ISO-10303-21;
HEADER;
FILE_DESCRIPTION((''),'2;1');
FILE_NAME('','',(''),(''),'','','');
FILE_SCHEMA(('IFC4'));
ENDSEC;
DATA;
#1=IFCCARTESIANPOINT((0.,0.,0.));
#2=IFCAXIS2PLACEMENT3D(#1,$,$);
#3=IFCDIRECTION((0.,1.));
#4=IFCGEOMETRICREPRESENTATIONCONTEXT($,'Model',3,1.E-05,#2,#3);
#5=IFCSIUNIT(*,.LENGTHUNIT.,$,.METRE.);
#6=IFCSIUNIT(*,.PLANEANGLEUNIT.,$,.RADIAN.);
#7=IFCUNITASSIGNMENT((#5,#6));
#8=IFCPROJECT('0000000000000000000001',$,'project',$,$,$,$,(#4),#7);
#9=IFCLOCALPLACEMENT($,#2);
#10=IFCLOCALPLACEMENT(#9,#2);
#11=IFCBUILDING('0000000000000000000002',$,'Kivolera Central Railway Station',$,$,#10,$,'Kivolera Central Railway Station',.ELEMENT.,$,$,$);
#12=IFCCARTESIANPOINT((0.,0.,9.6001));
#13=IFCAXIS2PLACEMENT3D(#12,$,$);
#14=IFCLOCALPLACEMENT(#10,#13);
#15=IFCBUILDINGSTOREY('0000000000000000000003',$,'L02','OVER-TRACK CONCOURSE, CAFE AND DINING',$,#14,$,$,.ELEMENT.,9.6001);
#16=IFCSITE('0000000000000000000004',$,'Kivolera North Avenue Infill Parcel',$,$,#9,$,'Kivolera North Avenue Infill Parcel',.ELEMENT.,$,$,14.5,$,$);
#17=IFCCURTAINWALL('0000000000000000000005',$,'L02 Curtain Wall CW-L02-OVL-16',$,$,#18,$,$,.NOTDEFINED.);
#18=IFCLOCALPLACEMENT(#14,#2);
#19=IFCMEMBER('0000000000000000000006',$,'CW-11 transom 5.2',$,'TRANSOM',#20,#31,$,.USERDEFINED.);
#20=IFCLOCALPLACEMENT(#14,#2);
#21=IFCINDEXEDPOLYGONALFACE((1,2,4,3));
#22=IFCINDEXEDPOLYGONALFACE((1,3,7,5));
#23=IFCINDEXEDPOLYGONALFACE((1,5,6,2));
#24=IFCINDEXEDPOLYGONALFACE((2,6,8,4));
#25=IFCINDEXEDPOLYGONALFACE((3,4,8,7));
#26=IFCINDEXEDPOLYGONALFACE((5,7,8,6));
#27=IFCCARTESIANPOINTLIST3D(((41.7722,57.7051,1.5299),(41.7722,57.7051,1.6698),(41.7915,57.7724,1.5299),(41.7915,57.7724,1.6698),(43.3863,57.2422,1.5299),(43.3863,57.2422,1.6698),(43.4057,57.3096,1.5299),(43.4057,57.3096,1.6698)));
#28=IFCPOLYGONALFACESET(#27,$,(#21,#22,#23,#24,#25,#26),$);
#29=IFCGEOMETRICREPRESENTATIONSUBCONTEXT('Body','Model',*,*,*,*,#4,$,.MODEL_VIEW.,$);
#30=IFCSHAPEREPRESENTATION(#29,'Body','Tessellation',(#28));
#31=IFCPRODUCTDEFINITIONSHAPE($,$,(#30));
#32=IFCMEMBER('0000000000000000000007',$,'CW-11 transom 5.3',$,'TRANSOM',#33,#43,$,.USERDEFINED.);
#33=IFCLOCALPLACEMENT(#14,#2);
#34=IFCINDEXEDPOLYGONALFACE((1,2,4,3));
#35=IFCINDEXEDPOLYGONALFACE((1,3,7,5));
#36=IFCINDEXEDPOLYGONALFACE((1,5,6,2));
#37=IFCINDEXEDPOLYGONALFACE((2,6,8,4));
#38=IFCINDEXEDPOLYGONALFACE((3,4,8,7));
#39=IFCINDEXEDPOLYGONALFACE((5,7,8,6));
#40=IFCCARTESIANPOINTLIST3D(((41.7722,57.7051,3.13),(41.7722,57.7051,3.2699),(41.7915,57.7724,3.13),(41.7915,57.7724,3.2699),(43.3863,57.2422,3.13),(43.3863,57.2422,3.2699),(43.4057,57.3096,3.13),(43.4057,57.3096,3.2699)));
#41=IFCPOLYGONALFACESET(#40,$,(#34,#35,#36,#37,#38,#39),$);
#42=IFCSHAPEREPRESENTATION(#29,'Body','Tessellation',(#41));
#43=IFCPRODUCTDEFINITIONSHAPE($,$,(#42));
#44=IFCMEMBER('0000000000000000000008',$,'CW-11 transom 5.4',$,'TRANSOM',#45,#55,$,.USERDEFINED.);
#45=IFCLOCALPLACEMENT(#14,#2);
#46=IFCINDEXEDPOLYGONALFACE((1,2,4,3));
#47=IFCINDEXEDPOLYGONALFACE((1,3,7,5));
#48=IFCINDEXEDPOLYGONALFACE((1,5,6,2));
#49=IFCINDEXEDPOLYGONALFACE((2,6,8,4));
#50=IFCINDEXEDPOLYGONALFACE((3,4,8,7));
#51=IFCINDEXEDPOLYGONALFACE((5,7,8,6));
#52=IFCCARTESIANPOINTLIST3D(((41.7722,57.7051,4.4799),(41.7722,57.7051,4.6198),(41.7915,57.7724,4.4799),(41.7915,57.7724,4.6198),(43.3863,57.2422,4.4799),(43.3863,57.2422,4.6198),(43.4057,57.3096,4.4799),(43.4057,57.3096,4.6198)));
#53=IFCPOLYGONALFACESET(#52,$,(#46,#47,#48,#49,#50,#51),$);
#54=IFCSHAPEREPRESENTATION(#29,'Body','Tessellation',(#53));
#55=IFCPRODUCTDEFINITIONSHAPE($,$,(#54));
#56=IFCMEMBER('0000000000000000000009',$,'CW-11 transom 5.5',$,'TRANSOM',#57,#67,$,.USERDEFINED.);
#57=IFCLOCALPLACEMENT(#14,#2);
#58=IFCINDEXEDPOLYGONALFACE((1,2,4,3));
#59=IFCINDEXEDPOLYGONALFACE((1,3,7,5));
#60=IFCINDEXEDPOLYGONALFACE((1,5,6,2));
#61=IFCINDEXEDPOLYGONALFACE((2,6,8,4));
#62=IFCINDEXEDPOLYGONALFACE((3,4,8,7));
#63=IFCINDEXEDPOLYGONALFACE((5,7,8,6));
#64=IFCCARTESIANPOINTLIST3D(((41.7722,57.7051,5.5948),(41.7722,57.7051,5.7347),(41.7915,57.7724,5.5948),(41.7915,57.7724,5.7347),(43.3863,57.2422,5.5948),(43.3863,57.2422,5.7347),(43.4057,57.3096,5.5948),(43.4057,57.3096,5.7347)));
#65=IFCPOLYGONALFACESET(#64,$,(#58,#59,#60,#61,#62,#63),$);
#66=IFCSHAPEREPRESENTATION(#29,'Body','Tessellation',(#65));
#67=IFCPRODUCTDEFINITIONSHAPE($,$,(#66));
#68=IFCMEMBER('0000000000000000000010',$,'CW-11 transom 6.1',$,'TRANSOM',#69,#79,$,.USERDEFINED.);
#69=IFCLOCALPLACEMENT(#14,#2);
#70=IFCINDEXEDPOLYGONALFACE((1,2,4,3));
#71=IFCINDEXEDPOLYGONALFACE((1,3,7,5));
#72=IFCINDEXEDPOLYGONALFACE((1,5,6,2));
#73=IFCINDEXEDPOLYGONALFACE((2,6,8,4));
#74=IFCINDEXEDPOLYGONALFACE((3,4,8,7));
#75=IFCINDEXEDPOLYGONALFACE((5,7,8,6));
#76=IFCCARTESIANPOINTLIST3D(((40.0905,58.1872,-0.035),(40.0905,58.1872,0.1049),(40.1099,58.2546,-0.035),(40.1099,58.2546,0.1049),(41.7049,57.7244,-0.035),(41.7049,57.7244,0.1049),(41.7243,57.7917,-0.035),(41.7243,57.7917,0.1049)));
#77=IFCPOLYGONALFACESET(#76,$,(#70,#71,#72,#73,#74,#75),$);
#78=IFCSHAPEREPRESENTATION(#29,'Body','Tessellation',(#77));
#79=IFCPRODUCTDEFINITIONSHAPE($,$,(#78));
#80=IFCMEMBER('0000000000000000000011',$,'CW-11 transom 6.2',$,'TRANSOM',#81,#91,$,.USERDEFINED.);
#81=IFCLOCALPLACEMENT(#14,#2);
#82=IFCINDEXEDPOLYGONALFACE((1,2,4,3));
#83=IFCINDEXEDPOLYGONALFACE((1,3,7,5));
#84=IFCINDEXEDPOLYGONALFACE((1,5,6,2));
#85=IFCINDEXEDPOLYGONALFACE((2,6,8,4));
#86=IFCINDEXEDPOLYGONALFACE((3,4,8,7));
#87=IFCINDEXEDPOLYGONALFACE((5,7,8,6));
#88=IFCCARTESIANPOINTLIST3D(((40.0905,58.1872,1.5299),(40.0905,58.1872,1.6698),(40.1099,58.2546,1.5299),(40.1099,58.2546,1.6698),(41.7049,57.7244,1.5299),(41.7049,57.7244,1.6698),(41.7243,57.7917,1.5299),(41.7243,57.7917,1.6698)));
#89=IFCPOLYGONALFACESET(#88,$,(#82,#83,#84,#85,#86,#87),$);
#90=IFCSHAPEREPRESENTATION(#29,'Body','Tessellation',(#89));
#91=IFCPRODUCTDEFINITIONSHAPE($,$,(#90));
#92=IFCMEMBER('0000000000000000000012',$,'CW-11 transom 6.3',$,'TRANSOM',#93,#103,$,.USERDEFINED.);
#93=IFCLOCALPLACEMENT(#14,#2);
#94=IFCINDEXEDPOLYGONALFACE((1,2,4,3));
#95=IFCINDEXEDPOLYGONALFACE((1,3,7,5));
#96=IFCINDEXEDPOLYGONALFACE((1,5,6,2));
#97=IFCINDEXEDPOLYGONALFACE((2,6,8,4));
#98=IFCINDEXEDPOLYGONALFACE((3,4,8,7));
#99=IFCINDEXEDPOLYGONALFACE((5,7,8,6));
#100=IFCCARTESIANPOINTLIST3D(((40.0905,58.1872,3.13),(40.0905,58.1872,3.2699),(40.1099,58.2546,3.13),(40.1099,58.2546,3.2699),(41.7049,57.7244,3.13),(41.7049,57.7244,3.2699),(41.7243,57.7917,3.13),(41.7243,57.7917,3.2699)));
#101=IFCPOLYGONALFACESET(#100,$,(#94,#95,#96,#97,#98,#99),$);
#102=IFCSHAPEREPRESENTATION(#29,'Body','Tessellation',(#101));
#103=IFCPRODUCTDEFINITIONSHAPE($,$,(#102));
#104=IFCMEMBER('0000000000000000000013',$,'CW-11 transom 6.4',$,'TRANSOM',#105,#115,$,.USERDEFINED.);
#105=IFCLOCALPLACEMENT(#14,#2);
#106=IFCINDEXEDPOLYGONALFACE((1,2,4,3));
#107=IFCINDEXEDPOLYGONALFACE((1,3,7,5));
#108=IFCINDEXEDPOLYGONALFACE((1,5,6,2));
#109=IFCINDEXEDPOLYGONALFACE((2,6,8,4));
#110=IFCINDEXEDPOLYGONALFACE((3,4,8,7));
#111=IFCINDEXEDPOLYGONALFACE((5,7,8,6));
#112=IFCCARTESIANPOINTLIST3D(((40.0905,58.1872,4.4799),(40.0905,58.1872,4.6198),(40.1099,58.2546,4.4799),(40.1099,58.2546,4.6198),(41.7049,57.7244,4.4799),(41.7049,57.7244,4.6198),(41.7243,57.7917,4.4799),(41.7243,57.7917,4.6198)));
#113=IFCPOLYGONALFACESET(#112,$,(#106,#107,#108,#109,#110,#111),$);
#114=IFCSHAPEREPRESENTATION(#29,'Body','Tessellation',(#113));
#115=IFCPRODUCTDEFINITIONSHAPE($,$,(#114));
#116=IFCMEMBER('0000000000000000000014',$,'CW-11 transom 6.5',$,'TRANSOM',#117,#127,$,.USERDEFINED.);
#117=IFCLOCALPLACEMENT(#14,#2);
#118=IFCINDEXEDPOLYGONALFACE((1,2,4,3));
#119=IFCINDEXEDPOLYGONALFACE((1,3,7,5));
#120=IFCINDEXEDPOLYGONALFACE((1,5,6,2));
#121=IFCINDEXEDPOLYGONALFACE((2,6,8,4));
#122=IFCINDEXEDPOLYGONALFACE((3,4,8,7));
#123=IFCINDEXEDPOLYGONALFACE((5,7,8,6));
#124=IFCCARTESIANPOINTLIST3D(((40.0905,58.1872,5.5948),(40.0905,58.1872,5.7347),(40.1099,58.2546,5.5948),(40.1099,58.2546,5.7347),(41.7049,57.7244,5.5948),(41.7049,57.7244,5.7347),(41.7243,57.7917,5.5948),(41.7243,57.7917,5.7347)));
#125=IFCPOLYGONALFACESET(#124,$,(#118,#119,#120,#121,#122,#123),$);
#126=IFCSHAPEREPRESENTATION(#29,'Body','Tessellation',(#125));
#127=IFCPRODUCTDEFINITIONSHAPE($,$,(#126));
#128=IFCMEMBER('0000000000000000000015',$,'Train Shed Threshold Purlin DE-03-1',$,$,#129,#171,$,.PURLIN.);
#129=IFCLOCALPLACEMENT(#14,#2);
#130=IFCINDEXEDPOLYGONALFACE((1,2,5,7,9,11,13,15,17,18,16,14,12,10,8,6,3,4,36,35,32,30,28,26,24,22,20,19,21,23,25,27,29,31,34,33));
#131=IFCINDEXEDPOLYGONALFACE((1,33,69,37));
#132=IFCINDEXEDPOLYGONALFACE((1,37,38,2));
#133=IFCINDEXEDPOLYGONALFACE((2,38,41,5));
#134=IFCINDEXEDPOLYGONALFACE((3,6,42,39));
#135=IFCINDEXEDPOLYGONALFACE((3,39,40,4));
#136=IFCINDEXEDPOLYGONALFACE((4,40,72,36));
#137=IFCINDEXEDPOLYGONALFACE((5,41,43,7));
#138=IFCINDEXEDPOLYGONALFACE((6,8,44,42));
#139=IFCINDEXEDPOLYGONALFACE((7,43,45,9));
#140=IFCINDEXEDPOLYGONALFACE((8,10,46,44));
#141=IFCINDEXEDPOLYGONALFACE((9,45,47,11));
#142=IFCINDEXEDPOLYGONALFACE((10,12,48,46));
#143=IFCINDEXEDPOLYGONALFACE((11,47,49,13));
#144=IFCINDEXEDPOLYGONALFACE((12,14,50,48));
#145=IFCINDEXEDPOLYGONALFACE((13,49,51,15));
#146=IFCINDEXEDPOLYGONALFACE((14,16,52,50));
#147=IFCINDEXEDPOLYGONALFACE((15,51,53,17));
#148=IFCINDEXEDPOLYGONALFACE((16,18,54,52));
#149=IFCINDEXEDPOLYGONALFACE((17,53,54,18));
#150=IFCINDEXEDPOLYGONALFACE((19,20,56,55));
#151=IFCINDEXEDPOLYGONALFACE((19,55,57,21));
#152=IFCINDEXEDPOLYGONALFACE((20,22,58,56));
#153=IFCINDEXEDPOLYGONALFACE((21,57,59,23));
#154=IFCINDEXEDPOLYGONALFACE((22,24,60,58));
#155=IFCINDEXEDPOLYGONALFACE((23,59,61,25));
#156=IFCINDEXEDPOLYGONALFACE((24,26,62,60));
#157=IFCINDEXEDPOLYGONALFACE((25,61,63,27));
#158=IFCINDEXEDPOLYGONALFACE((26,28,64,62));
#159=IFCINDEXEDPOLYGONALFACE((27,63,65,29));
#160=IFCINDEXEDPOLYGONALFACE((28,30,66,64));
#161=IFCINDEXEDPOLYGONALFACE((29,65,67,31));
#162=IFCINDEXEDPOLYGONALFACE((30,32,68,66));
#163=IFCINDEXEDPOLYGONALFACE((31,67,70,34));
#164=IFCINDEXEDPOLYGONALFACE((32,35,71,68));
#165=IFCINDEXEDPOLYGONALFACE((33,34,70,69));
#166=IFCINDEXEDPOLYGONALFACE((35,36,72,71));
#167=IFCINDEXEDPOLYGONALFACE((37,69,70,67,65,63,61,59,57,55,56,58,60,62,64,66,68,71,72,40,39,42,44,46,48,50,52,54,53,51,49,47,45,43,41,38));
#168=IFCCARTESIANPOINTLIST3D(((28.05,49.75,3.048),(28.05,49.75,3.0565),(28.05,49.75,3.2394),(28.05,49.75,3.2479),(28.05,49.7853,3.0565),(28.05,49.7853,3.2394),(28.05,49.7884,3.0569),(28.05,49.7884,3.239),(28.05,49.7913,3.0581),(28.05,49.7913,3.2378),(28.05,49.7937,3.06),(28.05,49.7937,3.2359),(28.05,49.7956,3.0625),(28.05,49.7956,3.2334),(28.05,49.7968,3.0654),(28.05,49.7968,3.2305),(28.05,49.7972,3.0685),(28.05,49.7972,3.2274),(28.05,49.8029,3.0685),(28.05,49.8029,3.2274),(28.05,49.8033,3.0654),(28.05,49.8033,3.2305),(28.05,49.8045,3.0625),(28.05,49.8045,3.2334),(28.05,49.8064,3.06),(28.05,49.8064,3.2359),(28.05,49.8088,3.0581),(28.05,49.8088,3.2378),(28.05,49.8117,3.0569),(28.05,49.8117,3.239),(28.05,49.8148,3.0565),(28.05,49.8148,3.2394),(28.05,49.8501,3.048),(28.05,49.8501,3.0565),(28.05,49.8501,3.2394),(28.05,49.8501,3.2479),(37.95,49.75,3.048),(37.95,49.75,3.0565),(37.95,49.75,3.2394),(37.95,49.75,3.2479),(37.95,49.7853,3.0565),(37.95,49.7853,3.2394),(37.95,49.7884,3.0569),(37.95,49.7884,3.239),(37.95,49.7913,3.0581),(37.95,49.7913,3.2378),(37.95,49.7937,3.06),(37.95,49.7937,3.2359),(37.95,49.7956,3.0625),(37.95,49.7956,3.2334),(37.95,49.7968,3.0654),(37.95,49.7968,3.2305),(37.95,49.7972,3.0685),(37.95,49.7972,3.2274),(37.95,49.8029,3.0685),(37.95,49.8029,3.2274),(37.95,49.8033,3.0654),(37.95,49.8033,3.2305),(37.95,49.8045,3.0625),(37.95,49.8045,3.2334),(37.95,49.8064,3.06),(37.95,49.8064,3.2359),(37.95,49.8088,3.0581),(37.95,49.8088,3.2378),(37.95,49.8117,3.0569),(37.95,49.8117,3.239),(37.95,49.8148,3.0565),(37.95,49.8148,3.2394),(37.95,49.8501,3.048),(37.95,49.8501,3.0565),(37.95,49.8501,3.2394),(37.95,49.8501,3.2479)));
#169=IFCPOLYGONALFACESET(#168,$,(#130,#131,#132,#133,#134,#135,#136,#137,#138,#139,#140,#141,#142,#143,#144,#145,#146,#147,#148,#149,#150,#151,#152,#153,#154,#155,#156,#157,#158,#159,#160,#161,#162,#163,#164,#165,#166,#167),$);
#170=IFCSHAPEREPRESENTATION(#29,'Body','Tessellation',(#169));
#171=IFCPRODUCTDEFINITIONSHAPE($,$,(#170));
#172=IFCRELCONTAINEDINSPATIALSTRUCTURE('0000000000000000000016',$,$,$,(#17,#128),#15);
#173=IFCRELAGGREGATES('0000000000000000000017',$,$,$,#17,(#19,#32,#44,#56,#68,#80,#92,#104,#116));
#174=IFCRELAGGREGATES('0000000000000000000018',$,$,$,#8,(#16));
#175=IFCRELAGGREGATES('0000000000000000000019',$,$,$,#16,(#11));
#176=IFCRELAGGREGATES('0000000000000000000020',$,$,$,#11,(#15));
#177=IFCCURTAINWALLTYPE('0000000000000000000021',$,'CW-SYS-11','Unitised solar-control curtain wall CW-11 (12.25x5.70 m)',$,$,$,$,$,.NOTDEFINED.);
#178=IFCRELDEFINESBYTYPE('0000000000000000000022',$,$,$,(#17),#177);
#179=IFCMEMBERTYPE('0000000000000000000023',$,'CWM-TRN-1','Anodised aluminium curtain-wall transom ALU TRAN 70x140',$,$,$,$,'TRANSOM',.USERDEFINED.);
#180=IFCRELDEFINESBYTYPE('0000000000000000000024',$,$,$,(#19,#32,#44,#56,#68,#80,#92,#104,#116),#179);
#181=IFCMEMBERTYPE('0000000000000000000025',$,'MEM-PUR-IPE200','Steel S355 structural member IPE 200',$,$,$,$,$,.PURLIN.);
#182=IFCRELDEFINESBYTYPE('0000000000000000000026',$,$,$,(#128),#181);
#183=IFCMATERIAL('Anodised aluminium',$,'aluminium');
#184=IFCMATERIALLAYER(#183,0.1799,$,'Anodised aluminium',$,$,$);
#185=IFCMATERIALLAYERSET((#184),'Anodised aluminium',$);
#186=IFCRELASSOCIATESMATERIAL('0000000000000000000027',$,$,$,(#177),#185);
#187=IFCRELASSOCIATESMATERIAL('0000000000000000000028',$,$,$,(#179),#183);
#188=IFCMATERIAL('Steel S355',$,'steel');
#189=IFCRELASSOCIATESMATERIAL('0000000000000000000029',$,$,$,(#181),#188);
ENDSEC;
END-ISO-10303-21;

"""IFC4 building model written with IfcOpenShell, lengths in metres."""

from ifc_helpers import new_model, si_unit, direction, frame, origin, origin_2d, place, context, subcontext, project, spatial, rectangle, i_section, extrude, material, layer, layer_set, material_profile, profile_set, type_object, element, aggregate, save


model = new_model("IFC4")

# Units and contexts
model_context = context("Model", 3, precision=1e-05, world=origin(), true_north=direction((0.0, 1.0)))
body_context = subcontext(model_context, "Body", "Model", "MODEL_VIEW")
ifc_project = project(units=[si_unit("LENGTHUNIT", "METRE"), si_unit("PLANEANGLEUNIT", "RADIAN")], contexts=[model_context])

# Site, building, storey
site_placement = place(None, origin())
site = spatial("IfcSite", under=ifc_project, at=site_placement, Name="Kivolera North Avenue Infill Parcel", LongName="Kivolera North Avenue Infill Parcel", CompositionType="ELEMENT", RefElevation=14.5)
building_placement = place(site_placement, origin())
building = spatial("IfcBuilding", under=site, at=building_placement, Name="Kivolera Central Railway Station", LongName="Kivolera Central Railway Station", CompositionType="ELEMENT")
storey_placement = place(building_placement, frame((0.0, 0.0, 9.6001)))
storey = spatial("IfcBuildingStorey", under=building, at=storey_placement, Name="L02", Description="OVER-TRACK CONCOURSE, CAFE AND DINING", CompositionType="ELEMENT", Elevation=9.6001)

# Shared definitions
ifc_material_1 = material(Name="Steel S355", Category="steel")

# Curtain wall, members
ifc_material_2 = material(Name="Anodised aluminium", Category="aluminium")
ifc_layer_1 = layer(ifc_material_2, 0.1799, Name="Anodised aluminium")
ifc_layer_set_1 = layer_set([ifc_layer_1], Name="Anodised aluminium")
curtain_wall_type = type_object("IfcCurtainWallType", Name="CW-SYS-11", Description="Unitised solar-control curtain wall CW-11 (12.25x5.70 m)", PredefinedType="NOTDEFINED", material=ifc_layer_set_1)
curtain_wall_placement = place(storey_placement, origin())
curtain_wall = element("IfcCurtainWall", 1, at=curtain_wall_placement, inside=storey, type_object=curtain_wall_type, Name="L02 Curtain Wall CW-L02-OVL-16", PredefinedType="NOTDEFINED")
ifc_material_profile_1 = material_profile(ifc_material_2, rectangle(XDim=0.0701, YDim=0.1399, at=origin_2d()), Name="ALU TRAN 70x140")
ifc_profile_set_1 = profile_set([ifc_material_profile_1], Name="Anodised aluminium")
member_type_1 = type_object("IfcMemberType", Name="CWM-TRN-1", Description="Anodised aluminium curtain-wall transom ALU TRAN 70x140", ElementType="TRANSOM", PredefinedType="USERDEFINED", material=ifc_profile_set_1)
member_1_placement = place(storey_placement, frame((43.396, 57.2759, 1.5999), z_axis=(-0.96126, 0.275643, 0.0), x_axis=(-0.275643, -0.96126, 0.0)))
member_1 = element("IfcMember", 2, at=member_1_placement, type_object=member_type_1, Name="CW-11 transom 5.2", ObjectType="TRANSOM", PredefinedType="USERDEFINED", context=body_context, shape_type="SweptSolid", body=[
    extrude(rectangle(XDim=0.0701, YDim=0.1399, at=origin_2d()), origin(), (0.0, 0.0, 1.0), 1.6792),
])
member_2_placement = place(storey_placement, frame((43.396, 57.2759, 3.2), z_axis=(-0.96126, 0.275643, 0.0), x_axis=(-0.275643, -0.96126, 0.0)))
member_2 = element("IfcMember", 3, at=member_2_placement, type_object=member_type_1, Name="CW-11 transom 5.3", ObjectType="TRANSOM", PredefinedType="USERDEFINED", context=body_context, shape_type="SweptSolid", body=[
    extrude(rectangle(XDim=0.0701, YDim=0.1399, at=origin_2d()), origin(), (0.0, 0.0, 1.0), 1.6792),
])
member_3_placement = place(storey_placement, frame((43.396, 57.2759, 4.5498), z_axis=(-0.96126, 0.275643, 0.0), x_axis=(-0.275643, -0.96126, 0.0)))
member_3 = element("IfcMember", 4, at=member_3_placement, type_object=member_type_1, Name="CW-11 transom 5.4", ObjectType="TRANSOM", PredefinedType="USERDEFINED", context=body_context, shape_type="SweptSolid", body=[
    extrude(rectangle(XDim=0.0701, YDim=0.1399, at=origin_2d()), origin(), (0.0, 0.0, 1.0), 1.6792),
])
member_4_placement = place(storey_placement, frame((43.396, 57.2759, 5.6648), z_axis=(-0.96126, 0.275643, 0.0), x_axis=(-0.275643, -0.96126, 0.0)))
member_4 = element("IfcMember", 5, at=member_4_placement, type_object=member_type_1, Name="CW-11 transom 5.5", ObjectType="TRANSOM", PredefinedType="USERDEFINED", context=body_context, shape_type="SweptSolid", body=[
    extrude(rectangle(XDim=0.0701, YDim=0.1399, at=origin_2d()), origin(), (0.0, 0.0, 1.0), 1.6792),
])
member_5_placement = place(storey_placement, frame((41.7146, 57.7581, 0.0349), z_axis=(-0.961271, 0.275604, 0.0), x_axis=(-0.275604, -0.961271, 0.0)))
member_5 = element("IfcMember", 6, at=member_5_placement, type_object=member_type_1, Name="CW-11 transom 6.1", ObjectType="TRANSOM", PredefinedType="USERDEFINED", context=body_context, shape_type="SweptSolid", body=[
    extrude(rectangle(XDim=0.0701, YDim=0.1399, at=origin_2d()), origin(), (0.0, 0.0, 1.0), 1.6794),
])
member_6_placement = place(storey_placement, frame((41.7146, 57.7581, 1.5999), z_axis=(-0.961271, 0.275604, 0.0), x_axis=(-0.275604, -0.961271, 0.0)))
member_6 = element("IfcMember", 7, at=member_6_placement, type_object=member_type_1, Name="CW-11 transom 6.2", ObjectType="TRANSOM", PredefinedType="USERDEFINED", context=body_context, shape_type="SweptSolid", body=[
    extrude(rectangle(XDim=0.0701, YDim=0.1399, at=origin_2d()), origin(), (0.0, 0.0, 1.0), 1.6794),
])
member_7_placement = place(storey_placement, frame((41.7146, 57.7581, 3.2), z_axis=(-0.961271, 0.275604, 0.0), x_axis=(-0.275604, -0.961271, 0.0)))
member_7 = element("IfcMember", 8, at=member_7_placement, type_object=member_type_1, Name="CW-11 transom 6.3", ObjectType="TRANSOM", PredefinedType="USERDEFINED", context=body_context, shape_type="SweptSolid", body=[
    extrude(rectangle(XDim=0.0701, YDim=0.1399, at=origin_2d()), origin(), (0.0, 0.0, 1.0), 1.6794),
])
member_8_placement = place(storey_placement, frame((41.7146, 57.7581, 4.5498), z_axis=(-0.961271, 0.275604, 0.0), x_axis=(-0.275604, -0.961271, 0.0)))
member_8 = element("IfcMember", 9, at=member_8_placement, type_object=member_type_1, Name="CW-11 transom 6.4", ObjectType="TRANSOM", PredefinedType="USERDEFINED", context=body_context, shape_type="SweptSolid", body=[
    extrude(rectangle(XDim=0.0701, YDim=0.1399, at=origin_2d()), origin(), (0.0, 0.0, 1.0), 1.6794),
])
member_9_placement = place(storey_placement, frame((41.7146, 57.7581, 5.6648), z_axis=(-0.961271, 0.275604, 0.0), x_axis=(-0.275604, -0.961271, 0.0)))
member_9 = element("IfcMember", 10, at=member_9_placement, type_object=member_type_1, Name="CW-11 transom 6.5", ObjectType="TRANSOM", PredefinedType="USERDEFINED", context=body_context, shape_type="SweptSolid", body=[
    extrude(rectangle(XDim=0.0701, YDim=0.1399, at=origin_2d()), origin(), (0.0, 0.0, 1.0), 1.6794),
])

# Member
ifc_material_profile_2 = material_profile(ifc_material_1, i_section(OverallWidth=0.1001, OverallDepth=0.2, WebThickness=0.0056, FlangeThickness=0.0085, FilletRadius=0.012, at=origin_2d()), Name="IPE 200")
ifc_profile_set_2 = profile_set([ifc_material_profile_2], Name="Steel S355")
member_type_2 = type_object("IfcMemberType", Name="MEM-PUR-IPE200", Description="Steel S355 structural member IPE 200", PredefinedType="PURLIN", material=ifc_profile_set_2)
for number, where, z_axis, x_axis, name in (
    (11, (28.05, 49.8, 3.1479), (1.0, 0.0, 0.0), (0.0, 1.0, 0.0), "Train Shed Threshold Purlin DE-03-1"),
):
    element("IfcMember", number, at=place(storey_placement, frame(where, z_axis=z_axis, x_axis=x_axis)), inside=storey, type_object=member_type_2, Name=name, PredefinedType="PURLIN", context=body_context, shape_type="SweptSolid", body=[
        extrude(i_section(OverallWidth=0.1001, OverallDepth=0.2, WebThickness=0.0056, FlangeThickness=0.0085, FilletRadius=0.012, at=origin_2d()), origin(), (0.0, 0.0, 1.0), 9.8999),
    ])

aggregate(curtain_wall, [member_1, member_2, member_3, member_4, member_5, member_6, member_7, member_8, member_9])

save(model, "model.ifc")
